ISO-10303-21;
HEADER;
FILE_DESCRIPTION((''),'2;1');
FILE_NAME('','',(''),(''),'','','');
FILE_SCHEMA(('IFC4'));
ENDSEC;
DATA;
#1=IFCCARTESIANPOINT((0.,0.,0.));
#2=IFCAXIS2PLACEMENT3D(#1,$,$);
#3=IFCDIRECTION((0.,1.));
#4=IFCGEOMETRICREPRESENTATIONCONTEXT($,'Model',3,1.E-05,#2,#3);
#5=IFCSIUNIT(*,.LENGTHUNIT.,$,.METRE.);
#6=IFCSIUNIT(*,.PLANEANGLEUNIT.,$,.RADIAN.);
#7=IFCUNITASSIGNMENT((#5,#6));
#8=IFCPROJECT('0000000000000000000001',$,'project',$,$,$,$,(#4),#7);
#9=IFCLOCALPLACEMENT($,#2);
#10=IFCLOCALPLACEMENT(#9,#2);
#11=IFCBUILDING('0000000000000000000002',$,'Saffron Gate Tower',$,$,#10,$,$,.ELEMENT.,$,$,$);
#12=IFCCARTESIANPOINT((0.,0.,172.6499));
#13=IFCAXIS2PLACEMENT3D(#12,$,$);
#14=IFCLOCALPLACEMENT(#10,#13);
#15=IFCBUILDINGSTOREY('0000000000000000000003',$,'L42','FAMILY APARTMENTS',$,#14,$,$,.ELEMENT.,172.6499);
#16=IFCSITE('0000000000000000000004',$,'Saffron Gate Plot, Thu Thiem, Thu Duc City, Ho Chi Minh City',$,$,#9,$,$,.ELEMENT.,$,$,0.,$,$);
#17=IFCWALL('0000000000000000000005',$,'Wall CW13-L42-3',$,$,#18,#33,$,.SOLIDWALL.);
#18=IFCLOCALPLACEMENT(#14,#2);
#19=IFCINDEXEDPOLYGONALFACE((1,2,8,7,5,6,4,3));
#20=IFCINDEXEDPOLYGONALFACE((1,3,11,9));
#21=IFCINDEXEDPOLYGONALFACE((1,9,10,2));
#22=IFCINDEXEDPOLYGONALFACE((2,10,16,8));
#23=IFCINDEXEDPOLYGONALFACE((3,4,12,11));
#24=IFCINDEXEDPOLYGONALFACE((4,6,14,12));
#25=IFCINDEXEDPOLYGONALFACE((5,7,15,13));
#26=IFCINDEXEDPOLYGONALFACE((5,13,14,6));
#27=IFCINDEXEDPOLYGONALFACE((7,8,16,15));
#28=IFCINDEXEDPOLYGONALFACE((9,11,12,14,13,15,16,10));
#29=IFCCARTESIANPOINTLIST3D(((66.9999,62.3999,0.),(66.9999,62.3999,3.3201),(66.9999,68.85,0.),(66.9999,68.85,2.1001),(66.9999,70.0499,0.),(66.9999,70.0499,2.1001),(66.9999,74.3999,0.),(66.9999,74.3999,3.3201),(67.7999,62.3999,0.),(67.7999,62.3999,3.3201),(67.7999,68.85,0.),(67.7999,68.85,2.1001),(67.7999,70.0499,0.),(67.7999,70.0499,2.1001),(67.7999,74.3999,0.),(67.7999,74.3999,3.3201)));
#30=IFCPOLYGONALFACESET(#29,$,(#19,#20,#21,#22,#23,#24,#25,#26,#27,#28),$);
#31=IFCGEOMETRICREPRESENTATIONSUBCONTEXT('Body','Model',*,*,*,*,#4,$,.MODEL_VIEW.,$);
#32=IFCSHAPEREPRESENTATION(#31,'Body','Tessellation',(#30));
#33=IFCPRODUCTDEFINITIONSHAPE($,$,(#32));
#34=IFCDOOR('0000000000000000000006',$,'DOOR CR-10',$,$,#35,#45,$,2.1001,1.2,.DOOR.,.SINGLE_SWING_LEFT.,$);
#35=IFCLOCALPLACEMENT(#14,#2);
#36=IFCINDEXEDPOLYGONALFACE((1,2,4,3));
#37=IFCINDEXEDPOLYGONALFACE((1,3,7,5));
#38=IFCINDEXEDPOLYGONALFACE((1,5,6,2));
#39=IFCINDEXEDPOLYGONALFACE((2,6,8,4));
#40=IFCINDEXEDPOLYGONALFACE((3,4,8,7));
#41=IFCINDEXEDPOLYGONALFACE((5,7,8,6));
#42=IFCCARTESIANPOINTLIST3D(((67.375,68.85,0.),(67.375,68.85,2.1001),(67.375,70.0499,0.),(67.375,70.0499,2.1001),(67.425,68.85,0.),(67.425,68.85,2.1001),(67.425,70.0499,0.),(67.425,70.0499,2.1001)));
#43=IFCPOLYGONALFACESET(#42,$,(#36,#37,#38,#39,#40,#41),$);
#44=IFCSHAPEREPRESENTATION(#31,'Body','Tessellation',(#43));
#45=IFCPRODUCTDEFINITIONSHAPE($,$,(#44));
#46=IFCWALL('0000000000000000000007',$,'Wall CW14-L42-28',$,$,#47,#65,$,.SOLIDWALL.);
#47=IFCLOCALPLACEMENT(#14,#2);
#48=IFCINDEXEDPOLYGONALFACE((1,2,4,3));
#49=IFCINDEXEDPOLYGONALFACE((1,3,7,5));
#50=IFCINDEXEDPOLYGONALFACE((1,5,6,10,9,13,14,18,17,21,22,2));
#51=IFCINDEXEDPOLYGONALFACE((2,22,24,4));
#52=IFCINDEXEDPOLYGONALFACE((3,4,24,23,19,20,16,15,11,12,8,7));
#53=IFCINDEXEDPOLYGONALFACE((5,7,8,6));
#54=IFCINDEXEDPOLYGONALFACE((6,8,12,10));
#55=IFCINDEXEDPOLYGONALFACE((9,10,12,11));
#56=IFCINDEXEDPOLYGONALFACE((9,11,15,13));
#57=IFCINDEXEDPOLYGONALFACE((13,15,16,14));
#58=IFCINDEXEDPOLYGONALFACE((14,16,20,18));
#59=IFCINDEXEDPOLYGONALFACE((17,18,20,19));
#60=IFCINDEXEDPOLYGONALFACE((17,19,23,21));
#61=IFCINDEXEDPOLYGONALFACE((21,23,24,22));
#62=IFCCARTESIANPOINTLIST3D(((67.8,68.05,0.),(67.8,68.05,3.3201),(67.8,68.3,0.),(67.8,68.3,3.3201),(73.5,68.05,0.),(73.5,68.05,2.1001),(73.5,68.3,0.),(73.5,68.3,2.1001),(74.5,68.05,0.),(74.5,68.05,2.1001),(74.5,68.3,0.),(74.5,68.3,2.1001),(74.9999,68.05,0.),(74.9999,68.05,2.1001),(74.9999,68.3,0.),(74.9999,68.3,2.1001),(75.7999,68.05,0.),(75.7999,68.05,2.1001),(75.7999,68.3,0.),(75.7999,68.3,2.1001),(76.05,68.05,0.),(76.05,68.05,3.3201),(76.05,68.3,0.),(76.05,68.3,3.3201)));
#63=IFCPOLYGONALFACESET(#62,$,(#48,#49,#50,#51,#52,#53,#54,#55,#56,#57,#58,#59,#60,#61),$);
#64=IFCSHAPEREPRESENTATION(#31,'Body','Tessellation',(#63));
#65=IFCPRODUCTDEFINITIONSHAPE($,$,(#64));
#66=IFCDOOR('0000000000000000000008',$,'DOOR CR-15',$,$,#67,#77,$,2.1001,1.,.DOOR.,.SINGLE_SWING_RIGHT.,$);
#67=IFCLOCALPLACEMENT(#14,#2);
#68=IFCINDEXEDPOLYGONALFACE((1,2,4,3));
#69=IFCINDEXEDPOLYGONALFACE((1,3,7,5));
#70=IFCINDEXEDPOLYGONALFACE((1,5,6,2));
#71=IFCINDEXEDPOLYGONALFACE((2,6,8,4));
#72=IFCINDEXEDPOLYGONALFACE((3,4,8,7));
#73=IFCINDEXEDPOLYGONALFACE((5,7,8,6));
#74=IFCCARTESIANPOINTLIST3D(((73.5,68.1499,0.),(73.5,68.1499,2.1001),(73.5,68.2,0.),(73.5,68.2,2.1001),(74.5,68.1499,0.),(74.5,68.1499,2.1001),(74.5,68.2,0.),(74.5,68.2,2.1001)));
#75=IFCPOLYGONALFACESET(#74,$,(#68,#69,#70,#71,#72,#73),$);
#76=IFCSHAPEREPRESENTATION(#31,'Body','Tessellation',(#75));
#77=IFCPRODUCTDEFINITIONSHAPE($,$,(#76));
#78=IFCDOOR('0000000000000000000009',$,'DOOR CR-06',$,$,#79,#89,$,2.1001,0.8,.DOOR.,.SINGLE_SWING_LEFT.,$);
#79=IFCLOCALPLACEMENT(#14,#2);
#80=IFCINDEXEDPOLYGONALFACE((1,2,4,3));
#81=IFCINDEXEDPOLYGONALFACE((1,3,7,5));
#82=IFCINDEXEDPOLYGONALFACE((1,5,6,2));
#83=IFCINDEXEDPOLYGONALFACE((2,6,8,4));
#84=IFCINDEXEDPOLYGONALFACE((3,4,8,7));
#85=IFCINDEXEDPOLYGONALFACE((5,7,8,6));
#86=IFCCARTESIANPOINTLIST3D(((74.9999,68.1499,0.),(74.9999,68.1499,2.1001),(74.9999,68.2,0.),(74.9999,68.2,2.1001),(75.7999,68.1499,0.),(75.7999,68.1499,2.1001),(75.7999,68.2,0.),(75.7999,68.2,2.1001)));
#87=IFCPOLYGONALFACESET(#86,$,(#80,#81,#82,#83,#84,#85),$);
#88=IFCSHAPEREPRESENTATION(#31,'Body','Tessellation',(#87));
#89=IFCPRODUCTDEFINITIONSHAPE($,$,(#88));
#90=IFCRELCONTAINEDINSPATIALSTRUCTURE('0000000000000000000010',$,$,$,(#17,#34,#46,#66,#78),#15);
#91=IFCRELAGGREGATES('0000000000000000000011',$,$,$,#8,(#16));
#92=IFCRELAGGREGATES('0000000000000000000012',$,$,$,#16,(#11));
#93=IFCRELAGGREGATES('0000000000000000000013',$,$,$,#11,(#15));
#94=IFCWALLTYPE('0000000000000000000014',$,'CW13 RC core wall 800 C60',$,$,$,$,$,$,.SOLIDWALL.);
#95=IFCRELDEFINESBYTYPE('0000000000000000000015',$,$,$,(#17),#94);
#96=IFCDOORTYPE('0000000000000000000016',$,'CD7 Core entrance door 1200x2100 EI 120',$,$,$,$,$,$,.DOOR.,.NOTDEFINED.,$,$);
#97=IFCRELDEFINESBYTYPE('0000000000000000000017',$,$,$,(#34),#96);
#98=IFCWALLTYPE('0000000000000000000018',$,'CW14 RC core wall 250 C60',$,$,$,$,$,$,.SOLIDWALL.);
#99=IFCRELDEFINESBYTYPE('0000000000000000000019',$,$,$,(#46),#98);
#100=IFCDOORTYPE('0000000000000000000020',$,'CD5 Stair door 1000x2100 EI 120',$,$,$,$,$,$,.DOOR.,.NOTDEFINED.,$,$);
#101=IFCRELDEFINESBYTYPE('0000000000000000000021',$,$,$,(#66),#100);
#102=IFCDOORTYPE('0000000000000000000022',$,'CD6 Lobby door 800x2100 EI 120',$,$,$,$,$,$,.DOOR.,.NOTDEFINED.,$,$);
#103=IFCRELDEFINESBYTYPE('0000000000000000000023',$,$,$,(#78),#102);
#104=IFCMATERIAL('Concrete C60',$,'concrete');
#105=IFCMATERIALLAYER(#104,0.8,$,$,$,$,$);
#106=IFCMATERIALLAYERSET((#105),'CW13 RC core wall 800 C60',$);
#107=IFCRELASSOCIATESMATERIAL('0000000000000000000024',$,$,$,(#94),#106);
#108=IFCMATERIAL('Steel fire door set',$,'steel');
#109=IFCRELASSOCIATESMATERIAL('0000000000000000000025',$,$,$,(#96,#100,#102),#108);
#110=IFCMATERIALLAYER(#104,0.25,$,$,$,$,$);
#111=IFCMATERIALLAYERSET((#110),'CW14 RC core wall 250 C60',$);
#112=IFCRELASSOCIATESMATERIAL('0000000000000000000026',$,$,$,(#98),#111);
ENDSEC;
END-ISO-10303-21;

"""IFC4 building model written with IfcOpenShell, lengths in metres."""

from ifc_helpers import new_model, si_unit, direction, frame, frame_2d, origin, place, context, subcontext, project, spatial, rectangle, extrude, material, layer, layer_set, type_object, element, fill, save


model = new_model("IFC4")

# Units and contexts
model_context = context("Model", 3, precision=1e-05, world=origin(), true_north=direction((0.0, 1.0)))
body_context = subcontext(model_context, "Body", "Model", "MODEL_VIEW")
ifc_project = project(units=[si_unit("LENGTHUNIT", "METRE"), si_unit("PLANEANGLEUNIT", "RADIAN")], contexts=[model_context])

# Site, building, storey
site_placement = place(None, origin())
site = spatial("IfcSite", under=ifc_project, at=site_placement, Name="Saffron Gate Plot, Thu Thiem, Thu Duc City, Ho Chi Minh City", CompositionType="ELEMENT", RefElevation=0.0)
building_placement = place(site_placement, origin())
building = spatial("IfcBuilding", under=site, at=building_placement, Name="Saffron Gate Tower", CompositionType="ELEMENT")
storey_placement = place(building_placement, frame((0.0, 0.0, 172.6499)))
storey = spatial("IfcBuildingStorey", under=building, at=storey_placement, Name="L42", Description="FAMILY APARTMENTS", CompositionType="ELEMENT", Elevation=172.6499)

# Wall, opening, door
ifc_material_1 = material(Name="Concrete C60", Category="concrete")
ifc_layer_1 = layer(ifc_material_1, 0.8)
ifc_layer_set_1 = layer_set([ifc_layer_1], Name="CW13 RC core wall 800 C60")
wall_type_1 = type_object("IfcWallType", Name="CW13 RC core wall 800 C60", PredefinedType="SOLIDWALL", material=ifc_layer_set_1)
wall_1_placement = place(storey_placement, frame((67.3999, 62.3999, 0.0), z_axis=(0.0, 0.0, 1.0), x_axis=(0.0, 1.0, 0.0)))
wall_1 = element("IfcWall", 1, at=wall_1_placement, inside=storey, type_object=wall_type_1, Name="Wall CW13-L42-3", PredefinedType="SOLIDWALL", context=body_context, shape_type="SweptSolid", body=[
    extrude(rectangle(XDim=12.0, YDim=0.8, at=frame_2d((6.0, 0.0))), origin(), (0.0, 0.0, 1.0), 3.3201),
])
opening_1_placement = place(wall_1_placement, frame((6.45, 0.0, 0.0)))
opening_1 = element("IfcOpeningElement", 2, at=opening_1_placement, cuts=wall_1, PredefinedType="OPENING", context=body_context, shape_type="SweptSolid", body=[
    extrude(rectangle(XDim=1.2, YDim=2.1001, at=frame_2d((0.6001, 1.05))), frame((0.0, 0.4102, 0.0), z_axis=(0.0, -1.0, 0.0), x_axis=(1.0, 0.0, 0.0)), (0.0, 0.0, 1.0), 0.8201),
])
ifc_material_2 = material(Name="Steel fire door set", Category="steel")
door_type_1 = type_object("IfcDoorType", Name="CD7 Core entrance door 1200x2100 EI 120", OperationType="NOTDEFINED", PredefinedType="DOOR", material=ifc_material_2)
door_1_placement = place(opening_1_placement, origin())
door_1 = element("IfcDoor", 3, at=door_1_placement, inside=storey, type_object=door_type_1, Name="DOOR CR-10", OperationType="SINGLE_SWING_LEFT", OverallHeight=2.1001, OverallWidth=1.2, PredefinedType="DOOR", context=body_context, shape_type="SweptSolid", body=[
    extrude(rectangle(XDim=1.2, YDim=2.1001, at=frame_2d((0.6001, 1.05))), frame((0.0, 0.0249, 0.0), z_axis=(0.0, -1.0, 0.0), x_axis=(1.0, 0.0, 0.0)), (0.0, 0.0, 1.0), 0.05),
])
fill(opening_1, door_1)

# Wall, openings, doors
ifc_layer_2 = layer(ifc_material_1, 0.25)
ifc_layer_set_2 = layer_set([ifc_layer_2], Name="CW14 RC core wall 250 C60")
wall_type_2 = type_object("IfcWallType", Name="CW14 RC core wall 250 C60", PredefinedType="SOLIDWALL", material=ifc_layer_set_2)
wall_2_placement = place(storey_placement, frame((67.8, 68.175, 0.0), z_axis=(0.0, 0.0, 1.0), x_axis=(1.0, 0.0, 0.0)))
wall_2 = element("IfcWall", 4, at=wall_2_placement, inside=storey, type_object=wall_type_2, Name="Wall CW14-L42-28", PredefinedType="SOLIDWALL", context=body_context, shape_type="SweptSolid", body=[
    extrude(rectangle(XDim=8.25, YDim=0.25, at=frame_2d((4.125, 0.0))), origin(), (0.0, 0.0, 1.0), 3.3201),
])
opening_2_placement = place(wall_2_placement, frame((5.7, 0.0, 0.0)))
opening_2 = element("IfcOpeningElement", 5, at=opening_2_placement, cuts=wall_2, PredefinedType="OPENING", context=body_context, shape_type="SweptSolid", body=[
    extrude(rectangle(XDim=1.0, YDim=2.1001, at=frame_2d((0.5, 1.05))), frame((0.0, 0.135, 0.0), z_axis=(0.0, -1.0, 0.0), x_axis=(1.0, 0.0, 0.0)), (0.0, 0.0, 1.0), 0.27),
])
opening_3_placement = place(wall_2_placement, frame((7.2, 0.0, 0.0)))
opening_3 = element("IfcOpeningElement", 6, at=opening_3_placement, cuts=wall_2, PredefinedType="OPENING", context=body_context, shape_type="SweptSolid", body=[
    extrude(rectangle(XDim=0.8, YDim=2.1001, at=frame_2d((0.3999, 1.05))), frame((0.0, 0.135, 0.0), z_axis=(0.0, -1.0, 0.0), x_axis=(1.0, 0.0, 0.0)), (0.0, 0.0, 1.0), 0.27),
])
door_type_2 = type_object("IfcDoorType", Name="CD5 Stair door 1000x2100 EI 120", OperationType="NOTDEFINED", PredefinedType="DOOR", material=ifc_material_2)
door_2_placement = place(opening_2_placement, origin())
door_2 = element("IfcDoor", 7, at=door_2_placement, inside=storey, type_object=door_type_2, Name="DOOR CR-15", OperationType="SINGLE_SWING_RIGHT", OverallHeight=2.1001, OverallWidth=1.0, PredefinedType="DOOR", context=body_context, shape_type="SweptSolid", body=[
    extrude(rectangle(XDim=1.0, YDim=2.1001, at=frame_2d((0.5, 1.05))), frame((0.0, 0.0249, 0.0), z_axis=(0.0, -1.0, 0.0), x_axis=(1.0, 0.0, 0.0)), (0.0, 0.0, 1.0), 0.05),
])
fill(opening_2, door_2)
door_type_3 = type_object("IfcDoorType", Name="CD6 Lobby door 800x2100 EI 120", OperationType="NOTDEFINED", PredefinedType="DOOR", material=ifc_material_2)
door_3_placement = place(opening_3_placement, origin())
door_3 = element("IfcDoor", 8, at=door_3_placement, inside=storey, type_object=door_type_3, Name="DOOR CR-06", OperationType="SINGLE_SWING_LEFT", OverallHeight=2.1001, OverallWidth=0.8, PredefinedType="DOOR", context=body_context, shape_type="SweptSolid", body=[
    extrude(rectangle(XDim=0.8, YDim=2.1001, at=frame_2d((0.3999, 1.05))), frame((0.0, 0.0249, 0.0), z_axis=(0.0, -1.0, 0.0), x_axis=(1.0, 0.0, 0.0)), (0.0, 0.0, 1.0), 0.05),
])
fill(opening_3, door_3)

save(model, "model.ifc")
